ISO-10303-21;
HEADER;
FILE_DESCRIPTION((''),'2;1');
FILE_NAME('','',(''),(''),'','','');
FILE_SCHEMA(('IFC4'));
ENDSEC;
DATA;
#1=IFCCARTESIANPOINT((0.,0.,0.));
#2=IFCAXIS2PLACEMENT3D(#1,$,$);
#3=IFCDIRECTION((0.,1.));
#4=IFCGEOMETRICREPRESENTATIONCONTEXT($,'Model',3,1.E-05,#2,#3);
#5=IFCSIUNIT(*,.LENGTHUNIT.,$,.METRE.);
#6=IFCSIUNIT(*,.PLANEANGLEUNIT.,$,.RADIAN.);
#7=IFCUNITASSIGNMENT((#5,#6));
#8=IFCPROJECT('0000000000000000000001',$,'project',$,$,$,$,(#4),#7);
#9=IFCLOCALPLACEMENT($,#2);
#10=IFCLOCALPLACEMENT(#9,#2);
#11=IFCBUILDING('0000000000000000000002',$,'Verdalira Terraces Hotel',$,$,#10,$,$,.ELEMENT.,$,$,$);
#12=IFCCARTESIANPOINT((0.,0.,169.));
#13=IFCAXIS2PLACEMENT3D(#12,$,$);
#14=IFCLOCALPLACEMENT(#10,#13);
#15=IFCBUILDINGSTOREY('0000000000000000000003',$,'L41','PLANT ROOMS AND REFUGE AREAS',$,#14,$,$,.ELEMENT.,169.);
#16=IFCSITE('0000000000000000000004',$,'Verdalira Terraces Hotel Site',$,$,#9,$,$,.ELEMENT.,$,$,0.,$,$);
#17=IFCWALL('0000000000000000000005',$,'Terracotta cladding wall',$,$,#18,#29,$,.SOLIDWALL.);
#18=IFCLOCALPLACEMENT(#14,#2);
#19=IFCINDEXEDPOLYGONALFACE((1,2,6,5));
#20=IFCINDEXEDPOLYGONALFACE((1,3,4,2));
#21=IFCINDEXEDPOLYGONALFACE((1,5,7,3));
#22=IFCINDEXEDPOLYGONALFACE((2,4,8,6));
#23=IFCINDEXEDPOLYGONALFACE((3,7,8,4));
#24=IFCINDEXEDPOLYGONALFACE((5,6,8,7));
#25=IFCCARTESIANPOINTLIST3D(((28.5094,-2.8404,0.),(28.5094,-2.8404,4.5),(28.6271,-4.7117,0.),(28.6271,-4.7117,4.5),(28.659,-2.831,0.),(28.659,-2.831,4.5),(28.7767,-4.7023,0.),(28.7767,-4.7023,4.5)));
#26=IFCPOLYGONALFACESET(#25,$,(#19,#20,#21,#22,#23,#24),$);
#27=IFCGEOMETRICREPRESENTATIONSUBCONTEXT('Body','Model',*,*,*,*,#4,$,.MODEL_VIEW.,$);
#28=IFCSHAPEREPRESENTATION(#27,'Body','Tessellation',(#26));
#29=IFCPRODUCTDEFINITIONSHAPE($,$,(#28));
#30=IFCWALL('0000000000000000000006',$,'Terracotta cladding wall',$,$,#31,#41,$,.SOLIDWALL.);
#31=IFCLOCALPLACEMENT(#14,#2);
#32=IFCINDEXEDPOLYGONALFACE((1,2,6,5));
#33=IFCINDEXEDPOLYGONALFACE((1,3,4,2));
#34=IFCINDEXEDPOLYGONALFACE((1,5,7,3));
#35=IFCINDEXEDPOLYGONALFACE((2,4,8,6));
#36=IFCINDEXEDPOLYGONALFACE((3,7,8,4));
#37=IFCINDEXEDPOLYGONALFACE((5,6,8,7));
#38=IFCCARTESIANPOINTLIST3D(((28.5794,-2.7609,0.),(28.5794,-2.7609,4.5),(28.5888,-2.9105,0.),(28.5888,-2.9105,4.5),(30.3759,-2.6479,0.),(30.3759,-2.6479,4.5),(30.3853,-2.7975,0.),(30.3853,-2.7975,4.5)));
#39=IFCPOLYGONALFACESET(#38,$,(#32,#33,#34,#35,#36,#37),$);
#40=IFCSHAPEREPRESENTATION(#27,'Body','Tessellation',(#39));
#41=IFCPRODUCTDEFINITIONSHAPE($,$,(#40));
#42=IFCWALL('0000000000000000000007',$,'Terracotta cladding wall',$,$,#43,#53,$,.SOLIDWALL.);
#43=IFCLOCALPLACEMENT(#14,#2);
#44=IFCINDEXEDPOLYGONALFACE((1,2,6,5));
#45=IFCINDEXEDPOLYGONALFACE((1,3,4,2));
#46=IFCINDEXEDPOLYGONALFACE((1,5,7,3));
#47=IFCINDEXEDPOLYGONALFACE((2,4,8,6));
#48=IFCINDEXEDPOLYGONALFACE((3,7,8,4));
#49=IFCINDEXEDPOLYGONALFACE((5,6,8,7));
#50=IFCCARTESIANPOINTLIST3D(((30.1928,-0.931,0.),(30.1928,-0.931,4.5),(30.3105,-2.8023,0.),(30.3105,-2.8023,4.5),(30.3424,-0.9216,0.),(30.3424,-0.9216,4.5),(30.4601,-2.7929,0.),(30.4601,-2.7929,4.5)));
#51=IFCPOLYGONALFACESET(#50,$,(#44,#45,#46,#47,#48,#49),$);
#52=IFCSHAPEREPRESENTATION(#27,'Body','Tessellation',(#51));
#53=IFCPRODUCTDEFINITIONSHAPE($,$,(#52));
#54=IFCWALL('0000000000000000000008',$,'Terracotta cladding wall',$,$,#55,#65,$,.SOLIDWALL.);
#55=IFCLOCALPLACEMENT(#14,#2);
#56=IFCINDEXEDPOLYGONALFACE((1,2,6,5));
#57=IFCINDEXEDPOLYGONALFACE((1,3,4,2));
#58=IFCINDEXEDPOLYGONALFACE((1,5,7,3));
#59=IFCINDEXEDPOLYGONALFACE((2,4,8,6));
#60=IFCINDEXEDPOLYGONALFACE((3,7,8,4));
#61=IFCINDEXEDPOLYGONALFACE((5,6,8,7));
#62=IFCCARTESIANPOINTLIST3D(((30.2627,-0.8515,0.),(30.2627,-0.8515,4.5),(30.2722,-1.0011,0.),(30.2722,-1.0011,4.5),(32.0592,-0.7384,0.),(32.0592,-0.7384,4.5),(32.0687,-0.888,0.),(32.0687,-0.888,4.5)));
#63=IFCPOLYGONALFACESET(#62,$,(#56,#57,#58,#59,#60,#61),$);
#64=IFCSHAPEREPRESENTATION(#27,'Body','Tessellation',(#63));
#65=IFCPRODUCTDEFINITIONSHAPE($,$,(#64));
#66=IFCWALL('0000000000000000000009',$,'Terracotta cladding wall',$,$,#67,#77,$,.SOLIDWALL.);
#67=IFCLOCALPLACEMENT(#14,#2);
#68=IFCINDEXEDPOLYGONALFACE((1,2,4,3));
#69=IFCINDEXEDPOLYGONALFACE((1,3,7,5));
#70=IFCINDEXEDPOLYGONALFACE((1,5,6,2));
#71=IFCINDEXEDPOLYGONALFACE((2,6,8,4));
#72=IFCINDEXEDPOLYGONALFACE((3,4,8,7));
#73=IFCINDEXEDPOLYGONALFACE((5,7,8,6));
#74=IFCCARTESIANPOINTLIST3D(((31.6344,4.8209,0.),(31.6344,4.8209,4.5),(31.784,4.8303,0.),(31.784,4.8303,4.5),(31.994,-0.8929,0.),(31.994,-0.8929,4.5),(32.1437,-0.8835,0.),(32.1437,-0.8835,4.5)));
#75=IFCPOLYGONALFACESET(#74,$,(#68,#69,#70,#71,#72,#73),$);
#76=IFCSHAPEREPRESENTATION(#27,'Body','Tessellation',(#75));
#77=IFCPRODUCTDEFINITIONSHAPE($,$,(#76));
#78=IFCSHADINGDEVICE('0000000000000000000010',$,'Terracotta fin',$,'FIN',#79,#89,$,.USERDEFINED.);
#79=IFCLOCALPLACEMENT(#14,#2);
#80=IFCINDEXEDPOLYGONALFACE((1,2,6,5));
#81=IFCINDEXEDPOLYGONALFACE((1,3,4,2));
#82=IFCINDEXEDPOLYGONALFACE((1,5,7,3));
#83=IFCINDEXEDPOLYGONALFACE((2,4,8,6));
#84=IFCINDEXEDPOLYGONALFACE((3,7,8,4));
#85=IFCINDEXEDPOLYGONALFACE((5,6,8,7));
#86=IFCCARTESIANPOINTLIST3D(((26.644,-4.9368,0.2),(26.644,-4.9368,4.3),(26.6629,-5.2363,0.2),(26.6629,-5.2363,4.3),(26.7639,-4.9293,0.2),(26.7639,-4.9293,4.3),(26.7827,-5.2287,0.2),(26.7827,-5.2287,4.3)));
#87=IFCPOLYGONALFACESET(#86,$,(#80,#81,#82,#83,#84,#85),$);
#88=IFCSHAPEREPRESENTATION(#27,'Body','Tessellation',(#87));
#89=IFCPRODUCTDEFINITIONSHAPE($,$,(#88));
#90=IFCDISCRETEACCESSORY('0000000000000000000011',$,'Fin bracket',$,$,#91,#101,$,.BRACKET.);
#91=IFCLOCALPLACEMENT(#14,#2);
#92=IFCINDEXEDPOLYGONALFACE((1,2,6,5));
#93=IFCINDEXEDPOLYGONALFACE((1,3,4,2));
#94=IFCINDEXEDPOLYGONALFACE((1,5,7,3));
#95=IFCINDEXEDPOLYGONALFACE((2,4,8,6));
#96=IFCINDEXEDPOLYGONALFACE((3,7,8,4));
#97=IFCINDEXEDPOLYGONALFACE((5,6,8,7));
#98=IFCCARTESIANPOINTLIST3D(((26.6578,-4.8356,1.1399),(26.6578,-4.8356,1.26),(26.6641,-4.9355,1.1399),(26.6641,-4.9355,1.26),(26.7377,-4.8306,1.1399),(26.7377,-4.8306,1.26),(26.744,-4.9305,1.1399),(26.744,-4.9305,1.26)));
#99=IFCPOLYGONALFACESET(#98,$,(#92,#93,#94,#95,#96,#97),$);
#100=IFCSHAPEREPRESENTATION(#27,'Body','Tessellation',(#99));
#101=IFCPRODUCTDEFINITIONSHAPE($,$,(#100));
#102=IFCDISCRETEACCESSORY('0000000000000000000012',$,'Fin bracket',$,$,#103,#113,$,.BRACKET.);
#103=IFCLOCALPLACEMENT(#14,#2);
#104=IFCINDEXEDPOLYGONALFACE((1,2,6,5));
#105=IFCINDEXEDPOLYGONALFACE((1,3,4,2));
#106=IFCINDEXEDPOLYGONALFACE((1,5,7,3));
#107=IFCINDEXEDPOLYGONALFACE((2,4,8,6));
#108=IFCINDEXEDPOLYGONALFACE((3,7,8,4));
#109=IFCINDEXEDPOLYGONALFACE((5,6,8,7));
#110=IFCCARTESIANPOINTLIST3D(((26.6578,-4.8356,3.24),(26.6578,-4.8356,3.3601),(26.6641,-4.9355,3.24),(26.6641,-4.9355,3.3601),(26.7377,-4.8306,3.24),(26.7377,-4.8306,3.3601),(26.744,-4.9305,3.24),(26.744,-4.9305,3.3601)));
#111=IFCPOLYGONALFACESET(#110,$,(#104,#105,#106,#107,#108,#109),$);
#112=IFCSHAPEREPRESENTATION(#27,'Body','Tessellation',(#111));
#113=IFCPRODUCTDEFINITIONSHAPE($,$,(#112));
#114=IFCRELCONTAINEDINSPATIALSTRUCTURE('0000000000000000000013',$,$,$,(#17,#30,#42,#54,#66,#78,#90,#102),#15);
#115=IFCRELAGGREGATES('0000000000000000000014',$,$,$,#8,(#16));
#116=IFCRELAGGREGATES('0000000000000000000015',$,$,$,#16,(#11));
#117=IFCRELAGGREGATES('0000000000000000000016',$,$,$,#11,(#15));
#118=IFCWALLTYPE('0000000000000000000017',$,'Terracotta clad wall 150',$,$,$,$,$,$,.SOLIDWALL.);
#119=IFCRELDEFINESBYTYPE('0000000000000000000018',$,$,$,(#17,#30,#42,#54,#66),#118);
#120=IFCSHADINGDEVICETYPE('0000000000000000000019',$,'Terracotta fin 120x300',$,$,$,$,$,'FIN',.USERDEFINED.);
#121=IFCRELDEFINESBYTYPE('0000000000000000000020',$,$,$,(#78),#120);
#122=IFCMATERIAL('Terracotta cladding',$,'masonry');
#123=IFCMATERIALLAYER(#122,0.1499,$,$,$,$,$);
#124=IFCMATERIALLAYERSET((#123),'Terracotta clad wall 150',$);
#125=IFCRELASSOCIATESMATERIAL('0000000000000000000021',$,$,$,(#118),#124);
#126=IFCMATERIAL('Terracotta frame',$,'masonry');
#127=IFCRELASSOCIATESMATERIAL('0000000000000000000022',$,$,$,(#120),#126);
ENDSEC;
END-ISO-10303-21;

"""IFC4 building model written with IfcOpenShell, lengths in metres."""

from ifc_helpers import new_model, si_unit, direction, frame, frame_2d, origin, origin_2d, place, context, subcontext, project, spatial, rectangle, extrude, material, layer, layer_set, material_profile, profile_set, type_object, element, save


model = new_model("IFC4")

# Units and contexts
model_context = context("Model", 3, precision=1e-05, world=origin(), true_north=direction((0.0, 1.0)))
body_context = subcontext(model_context, "Body", "Model", "MODEL_VIEW")
ifc_project = project(units=[si_unit("LENGTHUNIT", "METRE"), si_unit("PLANEANGLEUNIT", "RADIAN")], contexts=[model_context])

# Site, building, storey
site_placement = place(None, origin())
site = spatial("IfcSite", under=ifc_project, at=site_placement, Name="Verdalira Terraces Hotel Site", CompositionType="ELEMENT", RefElevation=0.0)
building_placement = place(site_placement, origin())
building = spatial("IfcBuilding", under=site, at=building_placement, Name="Verdalira Terraces Hotel", CompositionType="ELEMENT")
storey_placement = place(building_placement, frame((0.0, 0.0, 169.0)))
storey = spatial("IfcBuildingStorey", under=building, at=storey_placement, Name="L41", Description="PLANT ROOMS AND REFUGE AREAS", CompositionType="ELEMENT", Elevation=169.0)

# Walls
ifc_material_1 = material(Name="Terracotta cladding", Category="masonry")
ifc_layer_1 = layer(ifc_material_1, 0.1499)
ifc_layer_set_1 = layer_set([ifc_layer_1], Name="Terracotta clad wall 150")
wall_type_1 = type_object("IfcWallType", Name="Terracotta clad wall 150", PredefinedType="SOLIDWALL", material=ifc_layer_set_1)
wall_1_placement = place(storey_placement, frame((28.7019, -4.707, 0.0), z_axis=(0.0, 0.0, 1.0), x_axis=(-0.062759, 0.998029, 0.0)))
element("IfcWall", 1, at=wall_1_placement, inside=storey, type_object=wall_type_1, Name="Terracotta cladding wall", PredefinedType="SOLIDWALL", context=body_context, shape_type="SweptSolid", body=[
    extrude(rectangle(XDim=1.875, YDim=0.1499, at=frame_2d((0.9375, 0.0))), origin(), (0.0, 0.0, 1.0), 4.5),
])
wall_2_placement = place(storey_placement, frame((28.5842, -2.8357, 0.0), z_axis=(0.0, 0.0, 1.0), x_axis=(0.998026, 0.062801, 0.0)))
element("IfcWall", 2, at=wall_2_placement, inside=storey, type_object=wall_type_1, Name="Terracotta cladding wall", PredefinedType="SOLIDWALL", context=body_context, shape_type="SweptSolid", body=[
    extrude(rectangle(XDim=1.8, YDim=0.1499, at=frame_2d((0.8999, 0.0))), origin(), (0.0, 0.0, 1.0), 4.5),
])
wall_3_placement = place(storey_placement, frame((30.3853, -2.7976, 0.0), z_axis=(0.0, 0.0, 1.0), x_axis=(-0.062759, 0.998029, 0.0)))
element("IfcWall", 3, at=wall_3_placement, inside=storey, type_object=wall_type_1, Name="Terracotta cladding wall", PredefinedType="SOLIDWALL", context=body_context, shape_type="SweptSolid", body=[
    extrude(rectangle(XDim=1.875, YDim=0.1499, at=frame_2d((0.9375, 0.0))), origin(), (0.0, 0.0, 1.0), 4.5),
])
wall_4_placement = place(storey_placement, frame((30.2676, -0.9263, 0.0), z_axis=(0.0, 0.0, 1.0), x_axis=(0.998026, 0.062801, 0.0)))
element("IfcWall", 4, at=wall_4_placement, inside=storey, type_object=wall_type_1, Name="Terracotta cladding wall", PredefinedType="SOLIDWALL", context=body_context, shape_type="SweptSolid", body=[
    extrude(rectangle(XDim=1.8, YDim=0.1499, at=frame_2d((0.8999, 0.0))), origin(), (0.0, 0.0, 1.0), 4.5),
])
wall_5_placement = place(storey_placement, frame((32.0688, -0.8882, 0.0), z_axis=(0.0, 0.0, 1.0), x_axis=(-0.062814, 0.998025, 0.0)))
element("IfcWall", 5, at=wall_5_placement, inside=storey, type_object=wall_type_1, Name="Terracotta cladding wall", PredefinedType="SOLIDWALL", context=body_context, shape_type="SweptSolid", body=[
    extrude(rectangle(XDim=5.7251, YDim=0.1499, at=frame_2d((2.8625, 0.0))), origin(), (0.0, 0.0, 1.0), 4.5),
])

# Shading device
ifc_material_2 = material(Name="Terracotta frame", Category="masonry")
ifc_material_profile_1 = material_profile(ifc_material_2, rectangle(XDim=0.1201, YDim=0.3, at=origin_2d()), Name="FIN 120x300")
ifc_profile_set_1 = profile_set([ifc_material_profile_1], Name="Terracotta frame")
shading_device_type = type_object("IfcShadingDeviceType", Name="Terracotta fin 120x300", ElementType="FIN", PredefinedType="USERDEFINED", material=ifc_profile_set_1)
shading_device_placement = place(storey_placement, frame((26.7134, -5.0828, 0.2), z_axis=(0.0, 0.0, 1.0), x_axis=(0.998027, 0.062791, 0.0)))
element("IfcShadingDevice", 6, at=shading_device_placement, inside=storey, type_object=shading_device_type, Name="Terracotta fin", ObjectType="FIN", PredefinedType="USERDEFINED", context=body_context, shape_type="SweptSolid", body=[
    extrude(rectangle(XDim=0.1201, YDim=0.3, at=origin_2d()), origin(), (0.0, 0.0, 1.0), 4.1001),
])

# Discrete accessories
for number, where, z_axis, x_axis, name in (
    (7, (26.7009, -4.8831, 1.1399), (0.0, 0.0, 1.0), (0.998027, 0.062791, 0.0), "Fin bracket"),
    (8, (26.7009, -4.8831, 3.24), (0.0, 0.0, 1.0), (0.998027, 0.062791, 0.0), "Fin bracket"),
):
    element("IfcDiscreteAccessory", number, at=place(storey_placement, frame(where, z_axis=z_axis, x_axis=x_axis)), inside=storey, Name=name, PredefinedType="BRACKET", context=body_context, shape_type="SweptSolid", body=[
        extrude(rectangle(XDim=0.0801, YDim=0.1001, at=origin_2d()), origin(), (0.0, 0.0, 1.0), 0.1201),
    ])

save(model, "model.ifc")
